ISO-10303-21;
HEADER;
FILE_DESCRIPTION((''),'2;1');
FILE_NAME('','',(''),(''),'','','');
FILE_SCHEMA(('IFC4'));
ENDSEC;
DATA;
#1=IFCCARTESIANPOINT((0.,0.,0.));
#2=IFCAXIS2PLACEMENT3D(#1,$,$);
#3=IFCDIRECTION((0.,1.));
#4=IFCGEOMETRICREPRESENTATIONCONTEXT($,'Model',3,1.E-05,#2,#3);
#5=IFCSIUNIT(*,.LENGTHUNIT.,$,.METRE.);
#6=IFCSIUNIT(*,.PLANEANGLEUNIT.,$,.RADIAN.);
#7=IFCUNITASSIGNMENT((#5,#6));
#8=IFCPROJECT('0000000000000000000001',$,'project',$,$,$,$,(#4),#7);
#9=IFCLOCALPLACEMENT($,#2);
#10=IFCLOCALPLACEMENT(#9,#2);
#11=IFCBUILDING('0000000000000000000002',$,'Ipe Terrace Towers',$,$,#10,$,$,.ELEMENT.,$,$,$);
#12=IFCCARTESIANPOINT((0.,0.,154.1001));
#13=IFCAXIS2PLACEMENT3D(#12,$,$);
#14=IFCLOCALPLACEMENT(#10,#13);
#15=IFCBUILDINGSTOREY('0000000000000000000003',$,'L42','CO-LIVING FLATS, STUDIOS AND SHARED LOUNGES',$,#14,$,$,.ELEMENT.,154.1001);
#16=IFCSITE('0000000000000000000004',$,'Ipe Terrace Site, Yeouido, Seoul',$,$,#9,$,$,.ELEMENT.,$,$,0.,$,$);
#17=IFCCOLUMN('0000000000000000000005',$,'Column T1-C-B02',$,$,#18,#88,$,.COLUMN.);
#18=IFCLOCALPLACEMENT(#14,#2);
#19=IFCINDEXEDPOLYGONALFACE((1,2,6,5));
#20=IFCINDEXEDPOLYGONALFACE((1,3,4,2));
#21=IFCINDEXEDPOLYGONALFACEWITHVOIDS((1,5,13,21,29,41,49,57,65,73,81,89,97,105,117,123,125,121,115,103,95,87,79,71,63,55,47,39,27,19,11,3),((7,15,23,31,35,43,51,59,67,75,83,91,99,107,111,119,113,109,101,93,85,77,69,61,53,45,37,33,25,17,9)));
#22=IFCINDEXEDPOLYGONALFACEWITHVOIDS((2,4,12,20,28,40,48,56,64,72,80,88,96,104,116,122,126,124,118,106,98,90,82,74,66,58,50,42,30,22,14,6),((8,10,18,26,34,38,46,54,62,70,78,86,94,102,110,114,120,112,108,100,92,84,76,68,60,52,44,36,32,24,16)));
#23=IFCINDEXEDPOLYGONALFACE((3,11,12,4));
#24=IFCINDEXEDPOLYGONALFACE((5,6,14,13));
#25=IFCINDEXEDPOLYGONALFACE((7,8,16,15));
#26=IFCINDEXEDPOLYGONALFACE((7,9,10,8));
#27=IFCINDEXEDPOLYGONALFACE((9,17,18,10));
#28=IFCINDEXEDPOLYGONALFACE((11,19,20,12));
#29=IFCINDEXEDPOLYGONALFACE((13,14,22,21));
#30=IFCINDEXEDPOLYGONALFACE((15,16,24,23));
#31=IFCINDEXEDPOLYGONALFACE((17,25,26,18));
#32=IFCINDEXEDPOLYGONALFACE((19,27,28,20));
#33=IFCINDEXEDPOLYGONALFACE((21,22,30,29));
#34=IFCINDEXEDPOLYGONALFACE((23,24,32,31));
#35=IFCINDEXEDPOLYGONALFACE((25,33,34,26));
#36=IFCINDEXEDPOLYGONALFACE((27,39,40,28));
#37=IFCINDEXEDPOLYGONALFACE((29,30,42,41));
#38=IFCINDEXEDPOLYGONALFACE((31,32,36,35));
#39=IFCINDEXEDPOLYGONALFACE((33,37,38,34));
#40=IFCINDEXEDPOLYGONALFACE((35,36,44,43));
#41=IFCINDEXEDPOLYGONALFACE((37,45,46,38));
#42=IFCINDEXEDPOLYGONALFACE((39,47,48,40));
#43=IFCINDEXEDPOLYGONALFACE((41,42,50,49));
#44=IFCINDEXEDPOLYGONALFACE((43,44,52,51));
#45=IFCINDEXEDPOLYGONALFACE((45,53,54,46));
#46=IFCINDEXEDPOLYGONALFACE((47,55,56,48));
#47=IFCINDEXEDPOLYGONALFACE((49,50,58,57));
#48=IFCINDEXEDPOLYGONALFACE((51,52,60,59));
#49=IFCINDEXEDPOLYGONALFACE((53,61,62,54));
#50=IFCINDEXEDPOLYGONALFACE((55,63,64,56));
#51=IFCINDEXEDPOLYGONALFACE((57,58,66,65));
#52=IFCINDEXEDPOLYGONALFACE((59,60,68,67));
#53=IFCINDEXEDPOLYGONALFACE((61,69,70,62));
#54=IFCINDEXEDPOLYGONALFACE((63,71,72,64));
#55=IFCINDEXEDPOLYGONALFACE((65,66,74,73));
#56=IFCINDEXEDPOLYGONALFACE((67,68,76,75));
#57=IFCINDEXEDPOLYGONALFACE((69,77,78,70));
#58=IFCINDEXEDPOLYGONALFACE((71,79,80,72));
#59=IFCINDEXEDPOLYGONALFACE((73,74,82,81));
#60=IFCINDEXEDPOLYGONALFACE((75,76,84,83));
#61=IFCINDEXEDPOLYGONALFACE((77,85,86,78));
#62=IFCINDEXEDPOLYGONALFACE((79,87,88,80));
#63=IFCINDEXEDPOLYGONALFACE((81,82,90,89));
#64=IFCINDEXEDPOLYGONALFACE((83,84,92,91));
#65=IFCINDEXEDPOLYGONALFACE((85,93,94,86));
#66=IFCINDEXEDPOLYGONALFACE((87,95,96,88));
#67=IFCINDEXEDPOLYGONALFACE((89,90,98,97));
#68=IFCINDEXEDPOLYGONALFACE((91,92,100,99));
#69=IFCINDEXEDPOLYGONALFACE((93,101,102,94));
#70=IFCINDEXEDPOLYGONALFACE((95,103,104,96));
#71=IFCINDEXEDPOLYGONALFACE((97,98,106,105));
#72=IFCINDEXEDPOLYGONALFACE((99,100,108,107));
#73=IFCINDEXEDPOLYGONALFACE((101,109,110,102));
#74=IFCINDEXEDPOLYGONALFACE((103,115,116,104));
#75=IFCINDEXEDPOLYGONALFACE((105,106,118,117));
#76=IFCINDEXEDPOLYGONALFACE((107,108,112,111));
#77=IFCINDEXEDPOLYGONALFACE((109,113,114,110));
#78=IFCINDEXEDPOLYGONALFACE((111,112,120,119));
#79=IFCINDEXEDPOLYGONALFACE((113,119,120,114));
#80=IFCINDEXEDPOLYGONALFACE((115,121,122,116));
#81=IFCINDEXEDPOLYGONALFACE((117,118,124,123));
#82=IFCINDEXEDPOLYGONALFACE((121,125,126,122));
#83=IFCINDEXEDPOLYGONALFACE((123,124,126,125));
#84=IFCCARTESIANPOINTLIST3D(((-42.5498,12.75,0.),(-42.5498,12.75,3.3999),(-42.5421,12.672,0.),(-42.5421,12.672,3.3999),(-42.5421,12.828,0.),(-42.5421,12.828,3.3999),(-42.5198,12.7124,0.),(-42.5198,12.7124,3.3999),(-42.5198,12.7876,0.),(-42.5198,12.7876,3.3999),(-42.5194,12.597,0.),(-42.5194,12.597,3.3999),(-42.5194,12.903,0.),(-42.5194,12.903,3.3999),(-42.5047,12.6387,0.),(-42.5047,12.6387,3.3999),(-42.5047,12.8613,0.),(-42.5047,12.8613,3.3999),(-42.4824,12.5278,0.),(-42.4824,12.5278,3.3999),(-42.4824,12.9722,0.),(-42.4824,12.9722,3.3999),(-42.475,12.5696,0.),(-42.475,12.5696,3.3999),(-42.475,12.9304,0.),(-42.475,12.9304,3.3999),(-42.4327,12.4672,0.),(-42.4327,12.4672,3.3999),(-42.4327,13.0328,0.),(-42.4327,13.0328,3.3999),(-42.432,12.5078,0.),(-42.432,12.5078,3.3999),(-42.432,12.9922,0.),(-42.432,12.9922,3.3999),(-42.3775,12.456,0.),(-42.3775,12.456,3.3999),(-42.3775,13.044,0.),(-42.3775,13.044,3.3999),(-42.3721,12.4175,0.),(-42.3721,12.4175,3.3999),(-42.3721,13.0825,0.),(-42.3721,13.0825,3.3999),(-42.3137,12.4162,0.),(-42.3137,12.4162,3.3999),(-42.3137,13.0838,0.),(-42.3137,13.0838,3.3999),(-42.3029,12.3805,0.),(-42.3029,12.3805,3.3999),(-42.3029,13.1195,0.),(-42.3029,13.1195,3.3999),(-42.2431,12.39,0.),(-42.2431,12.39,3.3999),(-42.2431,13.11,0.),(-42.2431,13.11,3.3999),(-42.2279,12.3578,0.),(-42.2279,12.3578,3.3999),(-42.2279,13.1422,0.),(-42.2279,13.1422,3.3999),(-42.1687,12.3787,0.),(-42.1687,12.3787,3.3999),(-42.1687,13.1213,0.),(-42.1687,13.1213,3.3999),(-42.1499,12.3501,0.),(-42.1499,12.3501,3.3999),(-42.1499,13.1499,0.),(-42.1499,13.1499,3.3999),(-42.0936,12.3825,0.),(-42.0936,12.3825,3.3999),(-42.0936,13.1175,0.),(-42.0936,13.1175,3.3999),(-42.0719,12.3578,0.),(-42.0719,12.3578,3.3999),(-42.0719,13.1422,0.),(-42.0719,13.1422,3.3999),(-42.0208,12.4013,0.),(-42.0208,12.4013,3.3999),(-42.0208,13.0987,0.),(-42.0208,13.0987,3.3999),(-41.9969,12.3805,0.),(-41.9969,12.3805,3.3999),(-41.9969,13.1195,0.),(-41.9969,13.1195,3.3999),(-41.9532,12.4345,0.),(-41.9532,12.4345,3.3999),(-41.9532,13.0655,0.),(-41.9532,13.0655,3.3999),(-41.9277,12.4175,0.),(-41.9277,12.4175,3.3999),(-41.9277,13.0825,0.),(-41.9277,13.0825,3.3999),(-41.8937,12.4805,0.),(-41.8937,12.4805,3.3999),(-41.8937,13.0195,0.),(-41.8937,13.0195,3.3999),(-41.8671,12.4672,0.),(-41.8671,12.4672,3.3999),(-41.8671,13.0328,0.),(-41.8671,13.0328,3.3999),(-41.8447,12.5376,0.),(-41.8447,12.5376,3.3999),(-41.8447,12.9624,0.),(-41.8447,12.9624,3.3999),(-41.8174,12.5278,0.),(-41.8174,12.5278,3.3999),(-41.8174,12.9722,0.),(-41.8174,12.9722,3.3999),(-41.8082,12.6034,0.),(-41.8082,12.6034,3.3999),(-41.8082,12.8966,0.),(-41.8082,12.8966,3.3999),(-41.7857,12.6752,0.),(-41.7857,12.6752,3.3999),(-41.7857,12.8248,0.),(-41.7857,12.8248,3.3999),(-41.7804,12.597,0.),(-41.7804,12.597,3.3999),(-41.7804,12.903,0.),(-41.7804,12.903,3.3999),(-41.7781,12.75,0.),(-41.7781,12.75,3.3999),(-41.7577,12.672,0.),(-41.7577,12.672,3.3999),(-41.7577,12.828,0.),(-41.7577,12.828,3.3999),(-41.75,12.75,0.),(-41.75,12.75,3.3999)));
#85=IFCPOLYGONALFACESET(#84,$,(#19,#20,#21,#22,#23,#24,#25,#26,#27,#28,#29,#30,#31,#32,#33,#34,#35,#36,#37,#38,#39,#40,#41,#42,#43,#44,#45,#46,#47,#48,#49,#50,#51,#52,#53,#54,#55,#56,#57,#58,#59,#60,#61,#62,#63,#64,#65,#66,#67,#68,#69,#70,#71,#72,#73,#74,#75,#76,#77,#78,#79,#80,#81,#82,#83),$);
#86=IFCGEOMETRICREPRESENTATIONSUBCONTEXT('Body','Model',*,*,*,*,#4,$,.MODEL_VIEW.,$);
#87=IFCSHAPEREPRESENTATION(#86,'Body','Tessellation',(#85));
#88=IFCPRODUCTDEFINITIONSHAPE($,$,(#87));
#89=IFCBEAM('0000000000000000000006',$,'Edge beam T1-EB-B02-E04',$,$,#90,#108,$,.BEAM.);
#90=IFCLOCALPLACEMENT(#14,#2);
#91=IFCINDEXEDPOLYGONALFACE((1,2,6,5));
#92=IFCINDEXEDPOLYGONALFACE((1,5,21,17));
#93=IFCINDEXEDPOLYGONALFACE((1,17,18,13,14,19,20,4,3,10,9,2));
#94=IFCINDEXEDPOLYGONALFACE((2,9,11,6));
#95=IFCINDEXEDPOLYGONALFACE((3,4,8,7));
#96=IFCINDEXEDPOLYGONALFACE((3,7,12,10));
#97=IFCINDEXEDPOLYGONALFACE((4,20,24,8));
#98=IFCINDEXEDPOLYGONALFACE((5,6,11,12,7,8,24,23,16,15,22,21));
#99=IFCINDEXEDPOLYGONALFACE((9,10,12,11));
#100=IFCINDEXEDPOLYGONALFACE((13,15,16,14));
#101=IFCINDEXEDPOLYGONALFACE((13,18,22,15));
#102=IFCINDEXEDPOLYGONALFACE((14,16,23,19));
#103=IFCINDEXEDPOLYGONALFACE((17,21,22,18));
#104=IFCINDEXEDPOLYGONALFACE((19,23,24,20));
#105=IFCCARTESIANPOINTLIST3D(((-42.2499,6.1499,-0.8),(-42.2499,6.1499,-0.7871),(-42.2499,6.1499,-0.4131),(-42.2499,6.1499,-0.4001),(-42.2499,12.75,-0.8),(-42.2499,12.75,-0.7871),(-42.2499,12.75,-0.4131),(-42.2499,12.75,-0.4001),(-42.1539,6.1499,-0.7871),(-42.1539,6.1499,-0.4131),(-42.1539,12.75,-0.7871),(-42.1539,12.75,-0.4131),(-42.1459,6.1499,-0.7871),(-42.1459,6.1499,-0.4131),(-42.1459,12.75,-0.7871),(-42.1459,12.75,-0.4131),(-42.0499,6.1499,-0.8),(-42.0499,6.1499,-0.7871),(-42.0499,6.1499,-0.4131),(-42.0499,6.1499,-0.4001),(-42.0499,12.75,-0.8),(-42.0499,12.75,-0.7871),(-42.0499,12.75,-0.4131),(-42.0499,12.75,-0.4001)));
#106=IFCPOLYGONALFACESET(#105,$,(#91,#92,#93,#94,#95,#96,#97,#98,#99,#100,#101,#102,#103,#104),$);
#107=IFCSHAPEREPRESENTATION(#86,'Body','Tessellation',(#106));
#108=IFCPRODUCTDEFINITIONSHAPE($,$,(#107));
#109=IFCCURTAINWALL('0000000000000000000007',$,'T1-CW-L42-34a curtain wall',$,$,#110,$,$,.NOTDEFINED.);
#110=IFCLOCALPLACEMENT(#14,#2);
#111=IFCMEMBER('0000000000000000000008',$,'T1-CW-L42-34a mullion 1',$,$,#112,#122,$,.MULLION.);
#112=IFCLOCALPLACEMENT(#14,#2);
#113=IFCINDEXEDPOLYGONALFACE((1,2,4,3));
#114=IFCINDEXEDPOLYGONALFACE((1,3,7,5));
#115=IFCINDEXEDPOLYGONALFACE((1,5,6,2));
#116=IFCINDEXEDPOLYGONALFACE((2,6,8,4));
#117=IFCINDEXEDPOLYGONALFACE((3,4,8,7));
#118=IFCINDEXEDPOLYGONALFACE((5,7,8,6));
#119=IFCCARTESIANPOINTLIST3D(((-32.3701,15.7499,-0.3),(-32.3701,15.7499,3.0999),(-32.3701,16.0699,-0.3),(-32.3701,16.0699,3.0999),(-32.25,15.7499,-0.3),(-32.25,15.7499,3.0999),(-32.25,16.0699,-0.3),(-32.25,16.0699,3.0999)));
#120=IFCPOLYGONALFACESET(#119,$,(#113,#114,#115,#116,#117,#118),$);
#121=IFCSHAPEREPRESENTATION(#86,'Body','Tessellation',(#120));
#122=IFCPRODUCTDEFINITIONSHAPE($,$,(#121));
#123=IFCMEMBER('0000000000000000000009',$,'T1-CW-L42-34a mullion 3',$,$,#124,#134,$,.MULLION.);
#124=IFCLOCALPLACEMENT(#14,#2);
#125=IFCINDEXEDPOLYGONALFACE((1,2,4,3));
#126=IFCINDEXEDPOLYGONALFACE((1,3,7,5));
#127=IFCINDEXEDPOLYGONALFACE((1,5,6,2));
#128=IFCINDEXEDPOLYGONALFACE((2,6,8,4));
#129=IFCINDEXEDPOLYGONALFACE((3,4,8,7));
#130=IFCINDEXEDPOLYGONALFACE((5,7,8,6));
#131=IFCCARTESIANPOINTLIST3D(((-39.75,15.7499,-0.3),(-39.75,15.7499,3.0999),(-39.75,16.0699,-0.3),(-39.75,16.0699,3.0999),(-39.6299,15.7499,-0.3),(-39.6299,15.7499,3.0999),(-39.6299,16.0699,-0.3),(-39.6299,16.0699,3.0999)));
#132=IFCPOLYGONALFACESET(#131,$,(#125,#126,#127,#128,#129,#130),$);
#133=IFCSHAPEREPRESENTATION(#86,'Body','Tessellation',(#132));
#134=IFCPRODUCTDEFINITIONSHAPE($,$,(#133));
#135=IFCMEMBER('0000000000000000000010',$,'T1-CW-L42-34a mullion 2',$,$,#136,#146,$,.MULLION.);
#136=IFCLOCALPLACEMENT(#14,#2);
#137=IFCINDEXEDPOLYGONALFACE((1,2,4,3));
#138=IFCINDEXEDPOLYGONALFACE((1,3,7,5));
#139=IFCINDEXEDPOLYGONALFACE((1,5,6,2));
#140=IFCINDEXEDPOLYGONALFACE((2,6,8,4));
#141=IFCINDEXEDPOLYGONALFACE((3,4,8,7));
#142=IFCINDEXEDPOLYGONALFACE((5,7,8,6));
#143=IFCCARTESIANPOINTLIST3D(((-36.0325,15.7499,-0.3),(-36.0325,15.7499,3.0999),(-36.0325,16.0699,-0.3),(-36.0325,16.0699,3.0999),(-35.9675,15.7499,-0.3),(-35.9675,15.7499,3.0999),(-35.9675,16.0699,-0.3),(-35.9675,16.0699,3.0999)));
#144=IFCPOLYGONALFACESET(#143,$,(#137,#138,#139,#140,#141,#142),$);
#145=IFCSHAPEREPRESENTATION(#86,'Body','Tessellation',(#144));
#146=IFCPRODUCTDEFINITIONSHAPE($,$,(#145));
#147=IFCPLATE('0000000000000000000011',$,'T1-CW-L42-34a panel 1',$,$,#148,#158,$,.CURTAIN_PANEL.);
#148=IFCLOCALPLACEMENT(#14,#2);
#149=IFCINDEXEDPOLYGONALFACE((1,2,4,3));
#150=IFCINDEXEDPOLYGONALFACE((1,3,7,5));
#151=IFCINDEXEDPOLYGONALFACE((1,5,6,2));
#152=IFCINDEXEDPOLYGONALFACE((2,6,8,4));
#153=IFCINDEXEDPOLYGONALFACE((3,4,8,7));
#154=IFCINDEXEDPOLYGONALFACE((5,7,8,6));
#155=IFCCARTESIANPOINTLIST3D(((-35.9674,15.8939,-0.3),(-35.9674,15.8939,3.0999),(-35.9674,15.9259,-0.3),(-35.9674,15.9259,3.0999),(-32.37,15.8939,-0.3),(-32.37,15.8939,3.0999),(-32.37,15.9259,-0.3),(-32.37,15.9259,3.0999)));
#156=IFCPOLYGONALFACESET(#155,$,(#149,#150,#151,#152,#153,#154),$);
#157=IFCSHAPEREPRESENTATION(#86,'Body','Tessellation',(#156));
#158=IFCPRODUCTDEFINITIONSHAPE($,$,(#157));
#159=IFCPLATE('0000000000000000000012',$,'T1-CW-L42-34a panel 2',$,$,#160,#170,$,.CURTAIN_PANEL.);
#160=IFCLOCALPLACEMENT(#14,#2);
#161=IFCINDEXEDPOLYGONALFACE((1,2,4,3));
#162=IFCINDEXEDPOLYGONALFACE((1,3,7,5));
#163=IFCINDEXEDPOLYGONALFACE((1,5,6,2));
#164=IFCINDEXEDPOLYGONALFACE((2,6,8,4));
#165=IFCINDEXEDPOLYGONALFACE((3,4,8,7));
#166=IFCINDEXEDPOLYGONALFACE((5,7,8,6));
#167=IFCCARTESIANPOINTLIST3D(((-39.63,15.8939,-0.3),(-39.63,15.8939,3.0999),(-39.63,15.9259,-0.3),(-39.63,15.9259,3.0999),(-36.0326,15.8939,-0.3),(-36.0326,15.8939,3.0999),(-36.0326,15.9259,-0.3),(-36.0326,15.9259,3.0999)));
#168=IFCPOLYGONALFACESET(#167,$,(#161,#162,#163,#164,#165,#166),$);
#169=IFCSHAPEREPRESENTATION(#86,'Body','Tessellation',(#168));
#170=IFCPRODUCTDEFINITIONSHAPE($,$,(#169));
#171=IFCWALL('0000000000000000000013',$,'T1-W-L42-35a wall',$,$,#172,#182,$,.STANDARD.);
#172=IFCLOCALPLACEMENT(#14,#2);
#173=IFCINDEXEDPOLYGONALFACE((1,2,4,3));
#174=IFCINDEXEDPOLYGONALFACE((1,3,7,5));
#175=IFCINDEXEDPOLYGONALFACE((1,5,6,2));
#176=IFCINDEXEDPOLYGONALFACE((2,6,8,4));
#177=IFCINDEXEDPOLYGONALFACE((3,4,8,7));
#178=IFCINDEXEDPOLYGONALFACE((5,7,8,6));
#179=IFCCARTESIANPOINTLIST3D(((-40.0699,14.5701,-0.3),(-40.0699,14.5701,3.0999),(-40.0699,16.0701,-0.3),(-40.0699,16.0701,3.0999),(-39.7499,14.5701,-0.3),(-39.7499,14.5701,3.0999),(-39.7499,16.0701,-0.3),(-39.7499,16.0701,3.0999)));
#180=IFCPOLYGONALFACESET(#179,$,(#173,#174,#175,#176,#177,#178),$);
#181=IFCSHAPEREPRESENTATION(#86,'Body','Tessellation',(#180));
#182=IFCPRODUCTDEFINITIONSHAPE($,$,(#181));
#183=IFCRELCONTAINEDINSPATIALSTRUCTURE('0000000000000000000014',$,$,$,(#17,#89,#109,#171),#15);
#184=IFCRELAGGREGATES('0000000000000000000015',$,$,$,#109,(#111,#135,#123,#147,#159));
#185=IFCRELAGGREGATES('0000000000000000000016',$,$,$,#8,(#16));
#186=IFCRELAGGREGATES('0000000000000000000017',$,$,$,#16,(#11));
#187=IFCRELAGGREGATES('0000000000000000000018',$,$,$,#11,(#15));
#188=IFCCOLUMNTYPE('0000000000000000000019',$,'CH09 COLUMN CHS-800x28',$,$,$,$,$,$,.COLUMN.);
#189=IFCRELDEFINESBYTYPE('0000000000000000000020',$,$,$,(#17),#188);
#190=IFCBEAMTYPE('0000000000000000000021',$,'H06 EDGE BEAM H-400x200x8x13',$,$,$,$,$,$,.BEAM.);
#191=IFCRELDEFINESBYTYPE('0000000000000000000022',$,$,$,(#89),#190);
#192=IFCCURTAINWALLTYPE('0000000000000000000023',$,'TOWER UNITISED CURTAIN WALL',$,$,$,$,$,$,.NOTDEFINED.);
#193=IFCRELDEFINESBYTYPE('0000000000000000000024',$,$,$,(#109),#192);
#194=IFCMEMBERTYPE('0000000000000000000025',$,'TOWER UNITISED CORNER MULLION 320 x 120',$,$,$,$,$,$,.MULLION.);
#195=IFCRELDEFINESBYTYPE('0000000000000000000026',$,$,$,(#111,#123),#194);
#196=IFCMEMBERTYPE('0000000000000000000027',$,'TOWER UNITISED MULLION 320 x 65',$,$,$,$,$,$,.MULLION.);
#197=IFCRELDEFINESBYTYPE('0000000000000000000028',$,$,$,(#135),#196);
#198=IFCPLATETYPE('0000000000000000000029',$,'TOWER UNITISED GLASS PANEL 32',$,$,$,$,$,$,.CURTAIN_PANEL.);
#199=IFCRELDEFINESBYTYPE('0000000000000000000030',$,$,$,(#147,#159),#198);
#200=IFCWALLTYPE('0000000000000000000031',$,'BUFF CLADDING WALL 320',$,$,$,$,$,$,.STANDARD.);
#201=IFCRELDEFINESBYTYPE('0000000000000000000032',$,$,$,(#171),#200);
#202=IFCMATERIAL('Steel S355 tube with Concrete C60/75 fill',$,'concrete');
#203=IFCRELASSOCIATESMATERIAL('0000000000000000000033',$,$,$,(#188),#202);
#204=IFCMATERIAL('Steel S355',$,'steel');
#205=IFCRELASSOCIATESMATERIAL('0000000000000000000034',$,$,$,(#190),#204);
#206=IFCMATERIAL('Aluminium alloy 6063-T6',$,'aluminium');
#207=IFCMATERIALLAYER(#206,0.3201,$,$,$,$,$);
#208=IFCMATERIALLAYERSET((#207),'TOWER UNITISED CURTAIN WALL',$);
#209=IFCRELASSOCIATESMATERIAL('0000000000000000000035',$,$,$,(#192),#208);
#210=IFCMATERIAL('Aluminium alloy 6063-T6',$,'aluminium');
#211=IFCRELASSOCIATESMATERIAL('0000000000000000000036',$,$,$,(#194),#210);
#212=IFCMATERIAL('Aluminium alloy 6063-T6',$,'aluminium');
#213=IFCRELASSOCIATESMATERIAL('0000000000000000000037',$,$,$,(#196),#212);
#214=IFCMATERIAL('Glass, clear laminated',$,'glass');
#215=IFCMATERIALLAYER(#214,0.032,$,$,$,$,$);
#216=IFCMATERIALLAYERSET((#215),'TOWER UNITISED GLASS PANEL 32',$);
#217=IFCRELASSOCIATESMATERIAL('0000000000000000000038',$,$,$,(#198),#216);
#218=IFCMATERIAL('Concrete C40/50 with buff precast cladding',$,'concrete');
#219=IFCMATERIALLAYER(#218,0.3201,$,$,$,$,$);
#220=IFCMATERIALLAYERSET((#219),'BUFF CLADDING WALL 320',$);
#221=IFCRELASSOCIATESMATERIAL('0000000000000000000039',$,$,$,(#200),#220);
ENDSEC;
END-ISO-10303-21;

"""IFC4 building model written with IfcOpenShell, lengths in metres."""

from ifc_helpers import new_model, si_unit, direction, frame, frame_2d, origin, origin_2d, place, context, subcontext, project, spatial, rectangle, hollow_circle, i_section, extrude, material, layer, layer_set, material_profile, profile_set, type_object, element, aggregate, save


model = new_model("IFC4")

# Units and contexts
model_context = context("Model", 3, precision=1e-05, world=origin(), true_north=direction((0.0, 1.0)))
body_context = subcontext(model_context, "Body", "Model", "MODEL_VIEW")
ifc_project = project(units=[si_unit("LENGTHUNIT", "METRE"), si_unit("PLANEANGLEUNIT", "RADIAN")], contexts=[model_context])

# Site, building, storey
site_placement = place(None, origin())
site = spatial("IfcSite", under=ifc_project, at=site_placement, Name="Ipe Terrace Site, Yeouido, Seoul", CompositionType="ELEMENT", RefElevation=0.0)
building_placement = place(site_placement, origin())
building = spatial("IfcBuilding", under=site, at=building_placement, Name="Ipe Terrace Towers", CompositionType="ELEMENT")
storey_placement = place(building_placement, frame((0.0, 0.0, 154.1001)))
storey = spatial("IfcBuildingStorey", under=building, at=storey_placement, Name="L42", Description="CO-LIVING FLATS, STUDIOS AND SHARED LOUNGES", CompositionType="ELEMENT", Elevation=154.1001)

# Column
ifc_material_1 = material(Name="Steel S355 tube with Concrete C60/75 fill", Category="concrete")
ifc_material_profile_1 = material_profile(ifc_material_1, hollow_circle(Radius=0.3999, WallThickness=0.0281, at=origin_2d()), Name="CHS-800x28")
ifc_profile_set_1 = profile_set([ifc_material_profile_1], Name="Steel S355 tube with Concrete C60/75 fill")
column_type = type_object("IfcColumnType", Name="CH09 COLUMN CHS-800x28", PredefinedType="COLUMN", material=ifc_profile_set_1)
column_placement = place(storey_placement, frame((-42.1499, 12.75, 0.0), z_axis=(0.0, 0.0, 1.0), x_axis=(1.0, 0.0, 0.0)))
element("IfcColumn", 1, at=column_placement, inside=storey, type_object=column_type, Name="Column T1-C-B02", PredefinedType="COLUMN", context=body_context, shape_type="SweptSolid", body=[
    extrude(hollow_circle(Radius=0.3999, WallThickness=0.0281, at=origin_2d()), origin(), (0.0, 0.0, 1.0), 3.3999),
])

# Beam
ifc_material_2 = material(Name="Steel S355", Category="steel")
ifc_material_profile_2 = material_profile(ifc_material_2, i_section(OverallWidth=0.2, OverallDepth=0.3999, WebThickness=0.0081, FlangeThickness=0.0129, at=origin_2d()), Name="H-400x200x8x13")
ifc_profile_set_2 = profile_set([ifc_material_profile_2], Name="Steel S355")
beam_type = type_object("IfcBeamType", Name="H06 EDGE BEAM H-400x200x8x13", PredefinedType="BEAM", material=ifc_profile_set_2)
beam_placement = place(storey_placement, frame((-42.1499, 12.75, -0.6001), z_axis=(0.0, -1.0, 0.0), x_axis=(1.0, 0.0, 0.0)))
element("IfcBeam", 2, at=beam_placement, inside=storey, type_object=beam_type, Name="Edge beam T1-EB-B02-E04", PredefinedType="BEAM", context=body_context, shape_type="SweptSolid", body=[
    extrude(i_section(OverallWidth=0.2, OverallDepth=0.3999, WebThickness=0.0081, FlangeThickness=0.0129, at=origin_2d()), origin(), (0.0, 0.0, 1.0), 6.6001),
])

# Curtain wall, members, plates
ifc_material_3 = material(Name="Aluminium alloy 6063-T6", Category="aluminium")
ifc_layer_1 = layer(ifc_material_3, 0.3201)
ifc_layer_set_1 = layer_set([ifc_layer_1], Name="TOWER UNITISED CURTAIN WALL")
curtain_wall_type = type_object("IfcCurtainWallType", Name="TOWER UNITISED CURTAIN WALL", PredefinedType="NOTDEFINED", material=ifc_layer_set_1)
curtain_wall_placement = place(storey_placement, origin())
curtain_wall = element("IfcCurtainWall", 3, at=curtain_wall_placement, inside=storey, type_object=curtain_wall_type, Name="T1-CW-L42-34a curtain wall", PredefinedType="NOTDEFINED")
ifc_material_4 = material(Name="Aluminium alloy 6063-T6", Category="aluminium")
ifc_material_profile_3 = material_profile(ifc_material_4, rectangle(XDim=0.3201, YDim=0.1201, at=origin_2d()), Name="TOWER UNITISED CORNER MULLION 320 x 120")
ifc_profile_set_3 = profile_set([ifc_material_profile_3], Name="Aluminium alloy 6063-T6")
member_type_1 = type_object("IfcMemberType", Name="TOWER UNITISED CORNER MULLION 320 x 120", PredefinedType="MULLION", material=ifc_profile_set_3)
member_1_placement = place(storey_placement, frame((-32.3101, 15.9099, -0.3), z_axis=(0.0, 0.0, 1.0), x_axis=(0.0, 1.0, 0.0)))
member_1 = element("IfcMember", 4, at=member_1_placement, type_object=member_type_1, Name="T1-CW-L42-34a mullion 1", PredefinedType="MULLION", context=body_context, shape_type="SweptSolid", body=[
    extrude(rectangle(XDim=0.3201, YDim=0.1201, at=origin_2d()), origin(), (0.0, 0.0, 1.0), 3.3999),
])
member_2_placement = place(storey_placement, frame((-39.6899, 15.9099, -0.3), z_axis=(0.0, 0.0, 1.0), x_axis=(0.0, 1.0, 0.0)))
member_2 = element("IfcMember", 5, at=member_2_placement, type_object=member_type_1, Name="T1-CW-L42-34a mullion 3", PredefinedType="MULLION", context=body_context, shape_type="SweptSolid", body=[
    extrude(rectangle(XDim=0.3201, YDim=0.1201, at=origin_2d()), origin(), (0.0, 0.0, 1.0), 3.3999),
])
ifc_material_5 = material(Name="Aluminium alloy 6063-T6", Category="aluminium")
ifc_material_profile_4 = material_profile(ifc_material_5, rectangle(XDim=0.3201, YDim=0.0649, at=origin_2d()), Name="TOWER UNITISED MULLION 320 x 65")
ifc_profile_set_4 = profile_set([ifc_material_profile_4], Name="Aluminium alloy 6063-T6")
member_type_2 = type_object("IfcMemberType", Name="TOWER UNITISED MULLION 320 x 65", PredefinedType="MULLION", material=ifc_profile_set_4)
member_3_placement = place(storey_placement, frame((-36.0, 15.9099, -0.3), z_axis=(0.0, 0.0, 1.0), x_axis=(0.0, 1.0, 0.0)))
member_3 = element("IfcMember", 6, at=member_3_placement, type_object=member_type_2, Name="T1-CW-L42-34a mullion 2", PredefinedType="MULLION", context=body_context, shape_type="SweptSolid", body=[
    extrude(rectangle(XDim=0.3201, YDim=0.0649, at=origin_2d()), origin(), (0.0, 0.0, 1.0), 3.3999),
])
ifc_material_6 = material(Name="Glass, clear laminated", Category="glass")
ifc_layer_2 = layer(ifc_material_6, 0.032)
ifc_layer_set_2 = layer_set([ifc_layer_2], Name="TOWER UNITISED GLASS PANEL 32")
plate_type = type_object("IfcPlateType", Name="TOWER UNITISED GLASS PANEL 32", PredefinedType="CURTAIN_PANEL", material=ifc_layer_set_2)
plate_1_placement = place(storey_placement, frame((-34.1687, 15.9099, -0.3), z_axis=(0.0, 0.0, 1.0), x_axis=(-1.0, 0.0, 0.0)))
plate_1 = element("IfcPlate", 7, at=plate_1_placement, type_object=plate_type, Name="T1-CW-L42-34a panel 1", PredefinedType="CURTAIN_PANEL", context=body_context, shape_type="SweptSolid", body=[
    extrude(rectangle(XDim=3.5974, YDim=0.032, at=origin_2d()), origin(), (0.0, 0.0, 1.0), 3.3999),
])
plate_2_placement = place(storey_placement, frame((-37.8313, 15.9099, -0.3), z_axis=(0.0, 0.0, 1.0), x_axis=(-1.0, 0.0, 0.0)))
plate_2 = element("IfcPlate", 8, at=plate_2_placement, type_object=plate_type, Name="T1-CW-L42-34a panel 2", PredefinedType="CURTAIN_PANEL", context=body_context, shape_type="SweptSolid", body=[
    extrude(rectangle(XDim=3.5974, YDim=0.032, at=origin_2d()), origin(), (0.0, 0.0, 1.0), 3.3999),
])
aggregate(curtain_wall, [member_1, member_3, member_2, plate_1, plate_2])

# Wall
ifc_material_7 = material(Name="Concrete C40/50 with buff precast cladding", Category="concrete")
ifc_layer_3 = layer(ifc_material_7, 0.3201)
ifc_layer_set_3 = layer_set([ifc_layer_3], Name="BUFF CLADDING WALL 320")
wall_type_1 = type_object("IfcWallType", Name="BUFF CLADDING WALL 320", PredefinedType="STANDARD", material=ifc_layer_set_3)
wall_1_placement = place(storey_placement, frame((-39.9099, 16.0701, -0.3), z_axis=(0.0, 0.0, 1.0), x_axis=(0.0, -1.0, 0.0)))
element("IfcWall", 9, at=wall_1_placement, inside=storey, type_object=wall_type_1, Name="T1-W-L42-35a wall", PredefinedType="STANDARD", context=body_context, shape_type="SweptSolid", body=[
    extrude(rectangle(XDim=1.5, YDim=0.3201, at=frame_2d((0.75, 0.0))), origin(), (0.0, 0.0, 1.0), 3.3999),
])

save(model, "model.ifc")
